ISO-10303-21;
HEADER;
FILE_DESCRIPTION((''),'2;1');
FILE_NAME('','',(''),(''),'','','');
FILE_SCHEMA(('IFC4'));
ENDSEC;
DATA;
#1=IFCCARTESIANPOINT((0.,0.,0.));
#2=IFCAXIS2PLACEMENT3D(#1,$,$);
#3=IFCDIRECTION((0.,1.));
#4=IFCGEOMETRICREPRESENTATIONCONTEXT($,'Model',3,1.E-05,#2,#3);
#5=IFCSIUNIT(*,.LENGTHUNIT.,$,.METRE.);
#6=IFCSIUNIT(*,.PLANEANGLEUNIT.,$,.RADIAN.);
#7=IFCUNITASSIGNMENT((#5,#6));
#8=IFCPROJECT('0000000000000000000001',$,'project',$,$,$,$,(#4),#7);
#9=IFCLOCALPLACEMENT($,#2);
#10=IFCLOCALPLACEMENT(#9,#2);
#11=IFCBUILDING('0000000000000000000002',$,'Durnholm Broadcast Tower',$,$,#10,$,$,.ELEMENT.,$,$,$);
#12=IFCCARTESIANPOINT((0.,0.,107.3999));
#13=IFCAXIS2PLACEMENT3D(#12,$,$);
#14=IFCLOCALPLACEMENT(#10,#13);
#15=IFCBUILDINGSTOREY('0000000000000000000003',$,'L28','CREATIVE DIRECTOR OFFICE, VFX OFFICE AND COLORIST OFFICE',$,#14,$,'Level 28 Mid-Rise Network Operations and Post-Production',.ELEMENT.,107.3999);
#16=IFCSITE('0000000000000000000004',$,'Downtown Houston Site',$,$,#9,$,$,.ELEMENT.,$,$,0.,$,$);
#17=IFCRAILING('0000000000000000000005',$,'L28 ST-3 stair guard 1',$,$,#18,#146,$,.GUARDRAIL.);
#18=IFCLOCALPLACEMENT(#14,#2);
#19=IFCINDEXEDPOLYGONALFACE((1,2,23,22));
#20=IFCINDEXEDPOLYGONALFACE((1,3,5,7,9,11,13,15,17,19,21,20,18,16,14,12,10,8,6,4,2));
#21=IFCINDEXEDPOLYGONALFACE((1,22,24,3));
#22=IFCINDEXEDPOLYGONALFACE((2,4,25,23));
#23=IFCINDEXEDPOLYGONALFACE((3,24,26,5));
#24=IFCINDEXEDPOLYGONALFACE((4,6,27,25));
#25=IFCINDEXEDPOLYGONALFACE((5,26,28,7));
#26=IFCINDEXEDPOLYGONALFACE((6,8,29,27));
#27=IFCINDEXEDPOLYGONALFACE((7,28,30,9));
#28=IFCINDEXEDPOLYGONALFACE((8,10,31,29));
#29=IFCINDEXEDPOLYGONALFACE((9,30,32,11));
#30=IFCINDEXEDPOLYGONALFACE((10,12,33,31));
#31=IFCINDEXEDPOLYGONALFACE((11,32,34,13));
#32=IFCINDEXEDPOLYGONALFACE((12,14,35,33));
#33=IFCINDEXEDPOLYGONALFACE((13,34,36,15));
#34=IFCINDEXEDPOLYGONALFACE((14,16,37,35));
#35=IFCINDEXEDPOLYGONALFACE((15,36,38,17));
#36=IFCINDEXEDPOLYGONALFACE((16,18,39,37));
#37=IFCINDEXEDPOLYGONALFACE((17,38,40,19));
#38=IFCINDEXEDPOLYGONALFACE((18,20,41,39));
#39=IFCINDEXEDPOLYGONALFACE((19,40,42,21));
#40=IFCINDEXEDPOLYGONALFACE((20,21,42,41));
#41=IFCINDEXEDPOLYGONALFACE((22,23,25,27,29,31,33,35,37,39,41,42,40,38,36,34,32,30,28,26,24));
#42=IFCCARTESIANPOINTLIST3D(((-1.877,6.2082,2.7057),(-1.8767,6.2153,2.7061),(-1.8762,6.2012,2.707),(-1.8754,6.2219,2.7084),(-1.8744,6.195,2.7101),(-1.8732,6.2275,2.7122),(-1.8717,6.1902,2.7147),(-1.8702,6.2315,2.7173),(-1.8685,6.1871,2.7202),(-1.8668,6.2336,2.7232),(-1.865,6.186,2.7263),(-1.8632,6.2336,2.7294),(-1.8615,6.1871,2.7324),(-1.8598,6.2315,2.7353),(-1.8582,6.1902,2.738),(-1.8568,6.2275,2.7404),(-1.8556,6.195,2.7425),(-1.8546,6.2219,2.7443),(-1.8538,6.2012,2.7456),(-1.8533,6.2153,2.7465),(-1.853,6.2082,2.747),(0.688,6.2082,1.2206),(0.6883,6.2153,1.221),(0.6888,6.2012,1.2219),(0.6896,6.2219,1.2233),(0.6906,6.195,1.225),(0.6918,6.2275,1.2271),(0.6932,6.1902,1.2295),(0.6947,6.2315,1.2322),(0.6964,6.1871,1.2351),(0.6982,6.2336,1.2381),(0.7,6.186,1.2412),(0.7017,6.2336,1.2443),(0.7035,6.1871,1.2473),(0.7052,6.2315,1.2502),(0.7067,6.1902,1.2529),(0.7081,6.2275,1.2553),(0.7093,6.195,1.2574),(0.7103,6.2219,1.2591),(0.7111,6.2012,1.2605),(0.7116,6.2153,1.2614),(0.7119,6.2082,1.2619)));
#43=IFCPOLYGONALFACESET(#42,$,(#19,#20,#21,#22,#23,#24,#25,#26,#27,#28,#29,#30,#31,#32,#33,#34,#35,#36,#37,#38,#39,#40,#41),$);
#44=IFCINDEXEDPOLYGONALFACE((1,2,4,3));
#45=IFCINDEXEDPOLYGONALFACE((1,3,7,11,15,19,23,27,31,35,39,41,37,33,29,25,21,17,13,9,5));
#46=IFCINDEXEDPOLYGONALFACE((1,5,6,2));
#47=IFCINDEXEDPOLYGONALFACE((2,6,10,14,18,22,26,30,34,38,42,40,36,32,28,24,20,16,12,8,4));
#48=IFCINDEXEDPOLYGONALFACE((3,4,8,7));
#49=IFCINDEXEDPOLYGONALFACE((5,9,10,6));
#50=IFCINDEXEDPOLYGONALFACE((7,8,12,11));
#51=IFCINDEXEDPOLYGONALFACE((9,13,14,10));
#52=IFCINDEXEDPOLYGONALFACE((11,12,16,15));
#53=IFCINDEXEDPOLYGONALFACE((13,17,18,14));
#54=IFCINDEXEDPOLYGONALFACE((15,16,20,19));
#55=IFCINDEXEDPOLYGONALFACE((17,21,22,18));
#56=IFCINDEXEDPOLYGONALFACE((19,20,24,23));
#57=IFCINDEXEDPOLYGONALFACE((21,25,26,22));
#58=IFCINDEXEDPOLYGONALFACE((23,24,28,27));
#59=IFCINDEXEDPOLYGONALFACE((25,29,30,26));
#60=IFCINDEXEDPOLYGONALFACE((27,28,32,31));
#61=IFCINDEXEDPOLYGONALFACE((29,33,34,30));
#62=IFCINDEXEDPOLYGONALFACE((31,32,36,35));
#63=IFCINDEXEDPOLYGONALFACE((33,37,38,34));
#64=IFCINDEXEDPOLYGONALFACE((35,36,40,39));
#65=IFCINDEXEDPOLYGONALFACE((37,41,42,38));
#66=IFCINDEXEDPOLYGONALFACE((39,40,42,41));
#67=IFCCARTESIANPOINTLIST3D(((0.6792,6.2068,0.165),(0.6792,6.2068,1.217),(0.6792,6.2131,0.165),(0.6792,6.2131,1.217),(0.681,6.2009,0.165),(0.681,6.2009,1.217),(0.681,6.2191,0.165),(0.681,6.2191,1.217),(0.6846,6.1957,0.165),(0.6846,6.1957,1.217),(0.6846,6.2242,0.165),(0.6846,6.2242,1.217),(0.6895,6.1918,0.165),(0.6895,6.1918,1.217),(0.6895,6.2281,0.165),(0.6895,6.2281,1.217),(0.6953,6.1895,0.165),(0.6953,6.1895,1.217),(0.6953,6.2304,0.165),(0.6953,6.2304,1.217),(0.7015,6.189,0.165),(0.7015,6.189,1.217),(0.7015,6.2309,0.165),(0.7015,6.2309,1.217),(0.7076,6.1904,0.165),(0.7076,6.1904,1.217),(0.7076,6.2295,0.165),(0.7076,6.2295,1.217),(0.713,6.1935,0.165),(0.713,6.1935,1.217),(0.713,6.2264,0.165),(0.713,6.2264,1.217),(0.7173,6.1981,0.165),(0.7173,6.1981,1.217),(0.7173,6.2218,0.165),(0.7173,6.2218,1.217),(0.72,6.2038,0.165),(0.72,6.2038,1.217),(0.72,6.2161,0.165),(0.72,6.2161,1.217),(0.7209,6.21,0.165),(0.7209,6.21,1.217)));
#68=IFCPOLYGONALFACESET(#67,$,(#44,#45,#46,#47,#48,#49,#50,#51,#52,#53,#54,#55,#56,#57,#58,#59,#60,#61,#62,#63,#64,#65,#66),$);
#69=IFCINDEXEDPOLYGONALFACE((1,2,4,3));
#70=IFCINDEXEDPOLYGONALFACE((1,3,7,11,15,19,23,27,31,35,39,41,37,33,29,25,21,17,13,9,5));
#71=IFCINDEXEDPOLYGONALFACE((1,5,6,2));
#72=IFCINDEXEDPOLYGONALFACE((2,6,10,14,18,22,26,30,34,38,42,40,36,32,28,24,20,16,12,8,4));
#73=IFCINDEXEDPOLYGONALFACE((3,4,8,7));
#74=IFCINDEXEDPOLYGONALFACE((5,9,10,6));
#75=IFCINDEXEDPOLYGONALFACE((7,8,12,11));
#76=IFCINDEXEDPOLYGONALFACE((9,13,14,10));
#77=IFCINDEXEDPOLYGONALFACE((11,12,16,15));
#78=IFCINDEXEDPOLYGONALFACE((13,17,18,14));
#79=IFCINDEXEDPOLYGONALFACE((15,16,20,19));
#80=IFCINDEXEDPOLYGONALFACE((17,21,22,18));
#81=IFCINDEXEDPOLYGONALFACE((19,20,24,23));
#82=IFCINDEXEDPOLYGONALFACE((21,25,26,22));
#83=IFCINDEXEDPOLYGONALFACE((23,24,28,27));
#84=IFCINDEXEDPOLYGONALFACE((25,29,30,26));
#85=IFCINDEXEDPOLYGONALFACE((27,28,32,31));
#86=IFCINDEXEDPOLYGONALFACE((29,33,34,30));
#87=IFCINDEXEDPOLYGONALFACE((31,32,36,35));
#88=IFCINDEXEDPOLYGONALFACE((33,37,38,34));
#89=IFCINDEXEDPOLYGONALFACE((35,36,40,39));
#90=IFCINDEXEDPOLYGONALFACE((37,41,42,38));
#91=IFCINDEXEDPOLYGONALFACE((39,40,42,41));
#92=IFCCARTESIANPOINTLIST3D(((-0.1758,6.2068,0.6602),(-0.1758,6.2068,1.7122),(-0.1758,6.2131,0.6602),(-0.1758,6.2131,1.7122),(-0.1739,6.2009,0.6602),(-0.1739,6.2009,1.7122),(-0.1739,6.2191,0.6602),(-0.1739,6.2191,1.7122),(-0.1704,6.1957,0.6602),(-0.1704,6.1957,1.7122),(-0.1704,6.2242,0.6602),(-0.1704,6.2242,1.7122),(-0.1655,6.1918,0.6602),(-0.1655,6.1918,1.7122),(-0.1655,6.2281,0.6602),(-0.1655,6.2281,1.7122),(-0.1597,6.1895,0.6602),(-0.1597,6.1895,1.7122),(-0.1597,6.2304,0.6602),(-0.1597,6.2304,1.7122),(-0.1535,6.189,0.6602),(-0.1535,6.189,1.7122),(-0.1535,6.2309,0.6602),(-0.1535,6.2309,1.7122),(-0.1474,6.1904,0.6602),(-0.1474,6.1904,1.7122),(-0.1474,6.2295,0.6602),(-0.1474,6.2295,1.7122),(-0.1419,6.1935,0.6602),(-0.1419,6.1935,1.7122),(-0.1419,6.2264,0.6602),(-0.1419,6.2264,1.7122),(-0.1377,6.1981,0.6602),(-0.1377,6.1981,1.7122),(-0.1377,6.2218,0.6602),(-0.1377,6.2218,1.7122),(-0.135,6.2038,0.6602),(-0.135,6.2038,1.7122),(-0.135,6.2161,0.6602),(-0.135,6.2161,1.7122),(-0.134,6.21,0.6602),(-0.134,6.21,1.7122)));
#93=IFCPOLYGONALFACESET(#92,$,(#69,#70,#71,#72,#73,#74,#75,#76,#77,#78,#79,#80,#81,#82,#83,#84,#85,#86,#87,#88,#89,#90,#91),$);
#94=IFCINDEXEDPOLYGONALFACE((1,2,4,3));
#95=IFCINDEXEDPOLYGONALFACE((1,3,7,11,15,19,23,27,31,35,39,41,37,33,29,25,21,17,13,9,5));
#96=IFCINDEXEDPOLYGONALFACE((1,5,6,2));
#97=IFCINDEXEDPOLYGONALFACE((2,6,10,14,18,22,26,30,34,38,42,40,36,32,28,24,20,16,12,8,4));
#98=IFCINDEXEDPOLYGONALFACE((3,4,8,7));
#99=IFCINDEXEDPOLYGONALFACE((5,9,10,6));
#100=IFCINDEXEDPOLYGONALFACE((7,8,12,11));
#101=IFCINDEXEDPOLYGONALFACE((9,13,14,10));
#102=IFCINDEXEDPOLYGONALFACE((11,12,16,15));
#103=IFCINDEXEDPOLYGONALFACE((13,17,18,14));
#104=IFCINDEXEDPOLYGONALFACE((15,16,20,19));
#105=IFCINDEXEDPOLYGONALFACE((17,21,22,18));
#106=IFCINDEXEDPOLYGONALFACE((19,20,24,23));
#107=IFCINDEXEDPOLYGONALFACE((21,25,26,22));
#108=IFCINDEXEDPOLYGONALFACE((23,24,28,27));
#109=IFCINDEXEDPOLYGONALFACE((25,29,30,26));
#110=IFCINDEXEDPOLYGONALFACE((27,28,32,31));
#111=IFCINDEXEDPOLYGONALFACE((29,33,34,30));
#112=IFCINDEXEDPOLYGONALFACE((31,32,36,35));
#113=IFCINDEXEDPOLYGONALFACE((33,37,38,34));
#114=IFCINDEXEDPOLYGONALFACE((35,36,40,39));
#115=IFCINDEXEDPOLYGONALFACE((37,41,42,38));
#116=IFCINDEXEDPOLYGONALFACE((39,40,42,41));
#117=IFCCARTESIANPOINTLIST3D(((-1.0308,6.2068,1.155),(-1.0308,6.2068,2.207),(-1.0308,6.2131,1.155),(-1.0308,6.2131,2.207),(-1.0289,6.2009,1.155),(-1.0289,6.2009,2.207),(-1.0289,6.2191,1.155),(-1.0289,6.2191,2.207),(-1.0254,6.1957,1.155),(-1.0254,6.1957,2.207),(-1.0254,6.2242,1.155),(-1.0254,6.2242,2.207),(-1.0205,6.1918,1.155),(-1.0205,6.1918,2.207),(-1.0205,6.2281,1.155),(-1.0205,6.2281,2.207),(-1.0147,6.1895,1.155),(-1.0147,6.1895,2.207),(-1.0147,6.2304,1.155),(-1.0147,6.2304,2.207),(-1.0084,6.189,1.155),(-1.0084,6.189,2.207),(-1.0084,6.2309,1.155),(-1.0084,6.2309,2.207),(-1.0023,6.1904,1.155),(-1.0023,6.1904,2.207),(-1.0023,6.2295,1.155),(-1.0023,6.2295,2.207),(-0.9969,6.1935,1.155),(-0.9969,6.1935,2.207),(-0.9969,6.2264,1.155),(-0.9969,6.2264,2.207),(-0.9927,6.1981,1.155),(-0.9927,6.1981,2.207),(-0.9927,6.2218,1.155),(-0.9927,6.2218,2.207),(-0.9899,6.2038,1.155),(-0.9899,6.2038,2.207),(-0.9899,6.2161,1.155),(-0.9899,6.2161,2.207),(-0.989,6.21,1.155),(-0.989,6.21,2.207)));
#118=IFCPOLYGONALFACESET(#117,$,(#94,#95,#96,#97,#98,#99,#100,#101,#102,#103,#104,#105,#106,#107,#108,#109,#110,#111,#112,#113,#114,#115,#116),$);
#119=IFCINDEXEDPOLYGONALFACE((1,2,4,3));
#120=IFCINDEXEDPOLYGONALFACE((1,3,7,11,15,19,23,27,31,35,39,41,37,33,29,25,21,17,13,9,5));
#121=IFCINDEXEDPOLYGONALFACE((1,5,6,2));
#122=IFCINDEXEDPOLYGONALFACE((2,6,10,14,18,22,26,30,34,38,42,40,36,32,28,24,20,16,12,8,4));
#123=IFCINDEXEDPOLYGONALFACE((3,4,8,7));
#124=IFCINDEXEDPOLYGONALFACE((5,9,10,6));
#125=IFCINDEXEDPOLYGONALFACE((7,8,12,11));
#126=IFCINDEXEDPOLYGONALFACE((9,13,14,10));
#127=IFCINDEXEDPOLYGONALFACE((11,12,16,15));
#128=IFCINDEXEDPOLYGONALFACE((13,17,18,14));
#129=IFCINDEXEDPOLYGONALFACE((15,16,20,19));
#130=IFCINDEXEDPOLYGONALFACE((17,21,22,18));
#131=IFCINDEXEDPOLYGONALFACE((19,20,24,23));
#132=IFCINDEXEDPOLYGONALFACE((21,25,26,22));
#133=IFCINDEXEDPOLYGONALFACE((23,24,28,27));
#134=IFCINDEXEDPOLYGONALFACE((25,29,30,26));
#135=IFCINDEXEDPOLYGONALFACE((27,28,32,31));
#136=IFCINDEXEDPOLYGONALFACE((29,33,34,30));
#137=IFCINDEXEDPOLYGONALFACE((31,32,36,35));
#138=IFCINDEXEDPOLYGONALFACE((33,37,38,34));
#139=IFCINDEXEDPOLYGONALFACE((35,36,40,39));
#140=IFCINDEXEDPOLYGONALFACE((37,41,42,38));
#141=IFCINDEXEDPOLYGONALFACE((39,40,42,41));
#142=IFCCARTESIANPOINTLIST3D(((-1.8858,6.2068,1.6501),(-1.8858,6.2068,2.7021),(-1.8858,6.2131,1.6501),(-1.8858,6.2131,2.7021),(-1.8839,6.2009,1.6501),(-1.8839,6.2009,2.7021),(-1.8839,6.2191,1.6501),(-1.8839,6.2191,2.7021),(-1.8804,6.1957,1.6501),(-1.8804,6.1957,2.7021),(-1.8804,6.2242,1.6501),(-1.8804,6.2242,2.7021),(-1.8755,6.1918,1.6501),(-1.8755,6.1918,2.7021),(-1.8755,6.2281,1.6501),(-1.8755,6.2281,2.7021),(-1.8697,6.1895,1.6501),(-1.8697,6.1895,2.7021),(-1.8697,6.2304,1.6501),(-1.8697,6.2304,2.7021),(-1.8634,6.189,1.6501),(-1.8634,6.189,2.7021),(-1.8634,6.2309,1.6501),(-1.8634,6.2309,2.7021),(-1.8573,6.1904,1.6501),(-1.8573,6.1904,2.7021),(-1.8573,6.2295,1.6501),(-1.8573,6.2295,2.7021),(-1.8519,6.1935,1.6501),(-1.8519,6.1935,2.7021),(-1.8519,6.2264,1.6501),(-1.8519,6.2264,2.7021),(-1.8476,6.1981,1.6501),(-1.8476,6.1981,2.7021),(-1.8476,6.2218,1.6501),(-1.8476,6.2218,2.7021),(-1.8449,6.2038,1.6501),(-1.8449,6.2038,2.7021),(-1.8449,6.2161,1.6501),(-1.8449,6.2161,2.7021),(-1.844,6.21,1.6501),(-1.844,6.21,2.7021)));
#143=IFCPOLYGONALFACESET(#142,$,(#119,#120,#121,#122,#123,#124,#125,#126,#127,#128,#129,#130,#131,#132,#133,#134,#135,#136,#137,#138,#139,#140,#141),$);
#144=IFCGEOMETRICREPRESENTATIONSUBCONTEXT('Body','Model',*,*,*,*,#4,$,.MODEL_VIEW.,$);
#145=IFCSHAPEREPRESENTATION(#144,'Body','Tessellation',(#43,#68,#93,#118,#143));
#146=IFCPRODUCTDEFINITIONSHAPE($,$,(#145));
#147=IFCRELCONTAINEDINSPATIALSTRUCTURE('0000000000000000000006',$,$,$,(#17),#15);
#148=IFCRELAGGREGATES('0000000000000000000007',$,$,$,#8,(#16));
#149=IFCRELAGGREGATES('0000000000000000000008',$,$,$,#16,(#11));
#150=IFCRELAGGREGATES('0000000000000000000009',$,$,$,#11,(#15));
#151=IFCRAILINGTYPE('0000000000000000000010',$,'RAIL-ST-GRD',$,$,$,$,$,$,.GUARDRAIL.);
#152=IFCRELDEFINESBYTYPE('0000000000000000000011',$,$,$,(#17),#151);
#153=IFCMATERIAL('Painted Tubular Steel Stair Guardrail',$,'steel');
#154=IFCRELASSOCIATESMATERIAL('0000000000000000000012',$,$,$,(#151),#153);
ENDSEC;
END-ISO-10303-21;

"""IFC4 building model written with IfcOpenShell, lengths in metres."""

from ifc_helpers import new_model, si_unit, direction, frame, origin, origin_2d, place, context, subcontext, project, spatial, circle, extrude, material, type_object, element, save


model = new_model("IFC4")

# Units and contexts
model_context = context("Model", 3, precision=1e-05, world=origin(), true_north=direction((0.0, 1.0)))
body_context = subcontext(model_context, "Body", "Model", "MODEL_VIEW")
ifc_project = project(units=[si_unit("LENGTHUNIT", "METRE"), si_unit("PLANEANGLEUNIT", "RADIAN")], contexts=[model_context])

# Site, building, storey
site_placement = place(None, origin())
site = spatial("IfcSite", under=ifc_project, at=site_placement, Name="Downtown Houston Site", CompositionType="ELEMENT", RefElevation=0.0)
building_placement = place(site_placement, origin())
building = spatial("IfcBuilding", under=site, at=building_placement, Name="Durnholm Broadcast Tower", CompositionType="ELEMENT")
storey_placement = place(building_placement, frame((0.0, 0.0, 107.3999)))
storey = spatial("IfcBuildingStorey", under=building, at=storey_placement, Name="L28", Description="CREATIVE DIRECTOR OFFICE, VFX OFFICE AND COLORIST OFFICE", LongName="Level 28 Mid-Rise Network Operations and Post-Production", CompositionType="ELEMENT", Elevation=107.3999)

# Railing
ifc_material_1 = material(Name="Painted Tubular Steel Stair Guardrail", Category="steel")
railing_type_1 = type_object("IfcRailingType", Name="RAIL-ST-GRD", PredefinedType="GUARDRAIL", material=ifc_material_1)
railing_1_placement = place(storey_placement, frame((0.7, 6.21, 0.165)))
element("IfcRailing", 1, at=railing_1_placement, inside=storey, type_object=railing_type_1, Name="L28 ST-3 stair guard 1", PredefinedType="GUARDRAIL", context=body_context, shape_type="SweptSolid", body=[
    extrude(circle(Radius=0.0239, at=origin_2d()), frame((0.0, 0.0, 1.0762), z_axis=(-0.865406, 0.0, 0.501072), x_axis=(0.0, -1.0, 0.0)), (0.0, 0.0, 1.0), 2.9639),
    extrude(circle(Radius=0.021, at=origin_2d()), origin(), (0.0, 0.0, 1.0), 1.052),
    extrude(circle(Radius=0.021, at=origin_2d()), frame((-0.855, 0.0, 0.4951)), (0.0, 0.0, 1.0), 1.052),
    extrude(circle(Radius=0.021, at=origin_2d()), frame((-1.71, 0.0, 0.99)), (0.0, 0.0, 1.0), 1.052),
    extrude(circle(Radius=0.021, at=origin_2d()), frame((-2.5649, 0.0, 1.4851)), (0.0, 0.0, 1.0), 1.052),
])

save(model, "model.ifc")
